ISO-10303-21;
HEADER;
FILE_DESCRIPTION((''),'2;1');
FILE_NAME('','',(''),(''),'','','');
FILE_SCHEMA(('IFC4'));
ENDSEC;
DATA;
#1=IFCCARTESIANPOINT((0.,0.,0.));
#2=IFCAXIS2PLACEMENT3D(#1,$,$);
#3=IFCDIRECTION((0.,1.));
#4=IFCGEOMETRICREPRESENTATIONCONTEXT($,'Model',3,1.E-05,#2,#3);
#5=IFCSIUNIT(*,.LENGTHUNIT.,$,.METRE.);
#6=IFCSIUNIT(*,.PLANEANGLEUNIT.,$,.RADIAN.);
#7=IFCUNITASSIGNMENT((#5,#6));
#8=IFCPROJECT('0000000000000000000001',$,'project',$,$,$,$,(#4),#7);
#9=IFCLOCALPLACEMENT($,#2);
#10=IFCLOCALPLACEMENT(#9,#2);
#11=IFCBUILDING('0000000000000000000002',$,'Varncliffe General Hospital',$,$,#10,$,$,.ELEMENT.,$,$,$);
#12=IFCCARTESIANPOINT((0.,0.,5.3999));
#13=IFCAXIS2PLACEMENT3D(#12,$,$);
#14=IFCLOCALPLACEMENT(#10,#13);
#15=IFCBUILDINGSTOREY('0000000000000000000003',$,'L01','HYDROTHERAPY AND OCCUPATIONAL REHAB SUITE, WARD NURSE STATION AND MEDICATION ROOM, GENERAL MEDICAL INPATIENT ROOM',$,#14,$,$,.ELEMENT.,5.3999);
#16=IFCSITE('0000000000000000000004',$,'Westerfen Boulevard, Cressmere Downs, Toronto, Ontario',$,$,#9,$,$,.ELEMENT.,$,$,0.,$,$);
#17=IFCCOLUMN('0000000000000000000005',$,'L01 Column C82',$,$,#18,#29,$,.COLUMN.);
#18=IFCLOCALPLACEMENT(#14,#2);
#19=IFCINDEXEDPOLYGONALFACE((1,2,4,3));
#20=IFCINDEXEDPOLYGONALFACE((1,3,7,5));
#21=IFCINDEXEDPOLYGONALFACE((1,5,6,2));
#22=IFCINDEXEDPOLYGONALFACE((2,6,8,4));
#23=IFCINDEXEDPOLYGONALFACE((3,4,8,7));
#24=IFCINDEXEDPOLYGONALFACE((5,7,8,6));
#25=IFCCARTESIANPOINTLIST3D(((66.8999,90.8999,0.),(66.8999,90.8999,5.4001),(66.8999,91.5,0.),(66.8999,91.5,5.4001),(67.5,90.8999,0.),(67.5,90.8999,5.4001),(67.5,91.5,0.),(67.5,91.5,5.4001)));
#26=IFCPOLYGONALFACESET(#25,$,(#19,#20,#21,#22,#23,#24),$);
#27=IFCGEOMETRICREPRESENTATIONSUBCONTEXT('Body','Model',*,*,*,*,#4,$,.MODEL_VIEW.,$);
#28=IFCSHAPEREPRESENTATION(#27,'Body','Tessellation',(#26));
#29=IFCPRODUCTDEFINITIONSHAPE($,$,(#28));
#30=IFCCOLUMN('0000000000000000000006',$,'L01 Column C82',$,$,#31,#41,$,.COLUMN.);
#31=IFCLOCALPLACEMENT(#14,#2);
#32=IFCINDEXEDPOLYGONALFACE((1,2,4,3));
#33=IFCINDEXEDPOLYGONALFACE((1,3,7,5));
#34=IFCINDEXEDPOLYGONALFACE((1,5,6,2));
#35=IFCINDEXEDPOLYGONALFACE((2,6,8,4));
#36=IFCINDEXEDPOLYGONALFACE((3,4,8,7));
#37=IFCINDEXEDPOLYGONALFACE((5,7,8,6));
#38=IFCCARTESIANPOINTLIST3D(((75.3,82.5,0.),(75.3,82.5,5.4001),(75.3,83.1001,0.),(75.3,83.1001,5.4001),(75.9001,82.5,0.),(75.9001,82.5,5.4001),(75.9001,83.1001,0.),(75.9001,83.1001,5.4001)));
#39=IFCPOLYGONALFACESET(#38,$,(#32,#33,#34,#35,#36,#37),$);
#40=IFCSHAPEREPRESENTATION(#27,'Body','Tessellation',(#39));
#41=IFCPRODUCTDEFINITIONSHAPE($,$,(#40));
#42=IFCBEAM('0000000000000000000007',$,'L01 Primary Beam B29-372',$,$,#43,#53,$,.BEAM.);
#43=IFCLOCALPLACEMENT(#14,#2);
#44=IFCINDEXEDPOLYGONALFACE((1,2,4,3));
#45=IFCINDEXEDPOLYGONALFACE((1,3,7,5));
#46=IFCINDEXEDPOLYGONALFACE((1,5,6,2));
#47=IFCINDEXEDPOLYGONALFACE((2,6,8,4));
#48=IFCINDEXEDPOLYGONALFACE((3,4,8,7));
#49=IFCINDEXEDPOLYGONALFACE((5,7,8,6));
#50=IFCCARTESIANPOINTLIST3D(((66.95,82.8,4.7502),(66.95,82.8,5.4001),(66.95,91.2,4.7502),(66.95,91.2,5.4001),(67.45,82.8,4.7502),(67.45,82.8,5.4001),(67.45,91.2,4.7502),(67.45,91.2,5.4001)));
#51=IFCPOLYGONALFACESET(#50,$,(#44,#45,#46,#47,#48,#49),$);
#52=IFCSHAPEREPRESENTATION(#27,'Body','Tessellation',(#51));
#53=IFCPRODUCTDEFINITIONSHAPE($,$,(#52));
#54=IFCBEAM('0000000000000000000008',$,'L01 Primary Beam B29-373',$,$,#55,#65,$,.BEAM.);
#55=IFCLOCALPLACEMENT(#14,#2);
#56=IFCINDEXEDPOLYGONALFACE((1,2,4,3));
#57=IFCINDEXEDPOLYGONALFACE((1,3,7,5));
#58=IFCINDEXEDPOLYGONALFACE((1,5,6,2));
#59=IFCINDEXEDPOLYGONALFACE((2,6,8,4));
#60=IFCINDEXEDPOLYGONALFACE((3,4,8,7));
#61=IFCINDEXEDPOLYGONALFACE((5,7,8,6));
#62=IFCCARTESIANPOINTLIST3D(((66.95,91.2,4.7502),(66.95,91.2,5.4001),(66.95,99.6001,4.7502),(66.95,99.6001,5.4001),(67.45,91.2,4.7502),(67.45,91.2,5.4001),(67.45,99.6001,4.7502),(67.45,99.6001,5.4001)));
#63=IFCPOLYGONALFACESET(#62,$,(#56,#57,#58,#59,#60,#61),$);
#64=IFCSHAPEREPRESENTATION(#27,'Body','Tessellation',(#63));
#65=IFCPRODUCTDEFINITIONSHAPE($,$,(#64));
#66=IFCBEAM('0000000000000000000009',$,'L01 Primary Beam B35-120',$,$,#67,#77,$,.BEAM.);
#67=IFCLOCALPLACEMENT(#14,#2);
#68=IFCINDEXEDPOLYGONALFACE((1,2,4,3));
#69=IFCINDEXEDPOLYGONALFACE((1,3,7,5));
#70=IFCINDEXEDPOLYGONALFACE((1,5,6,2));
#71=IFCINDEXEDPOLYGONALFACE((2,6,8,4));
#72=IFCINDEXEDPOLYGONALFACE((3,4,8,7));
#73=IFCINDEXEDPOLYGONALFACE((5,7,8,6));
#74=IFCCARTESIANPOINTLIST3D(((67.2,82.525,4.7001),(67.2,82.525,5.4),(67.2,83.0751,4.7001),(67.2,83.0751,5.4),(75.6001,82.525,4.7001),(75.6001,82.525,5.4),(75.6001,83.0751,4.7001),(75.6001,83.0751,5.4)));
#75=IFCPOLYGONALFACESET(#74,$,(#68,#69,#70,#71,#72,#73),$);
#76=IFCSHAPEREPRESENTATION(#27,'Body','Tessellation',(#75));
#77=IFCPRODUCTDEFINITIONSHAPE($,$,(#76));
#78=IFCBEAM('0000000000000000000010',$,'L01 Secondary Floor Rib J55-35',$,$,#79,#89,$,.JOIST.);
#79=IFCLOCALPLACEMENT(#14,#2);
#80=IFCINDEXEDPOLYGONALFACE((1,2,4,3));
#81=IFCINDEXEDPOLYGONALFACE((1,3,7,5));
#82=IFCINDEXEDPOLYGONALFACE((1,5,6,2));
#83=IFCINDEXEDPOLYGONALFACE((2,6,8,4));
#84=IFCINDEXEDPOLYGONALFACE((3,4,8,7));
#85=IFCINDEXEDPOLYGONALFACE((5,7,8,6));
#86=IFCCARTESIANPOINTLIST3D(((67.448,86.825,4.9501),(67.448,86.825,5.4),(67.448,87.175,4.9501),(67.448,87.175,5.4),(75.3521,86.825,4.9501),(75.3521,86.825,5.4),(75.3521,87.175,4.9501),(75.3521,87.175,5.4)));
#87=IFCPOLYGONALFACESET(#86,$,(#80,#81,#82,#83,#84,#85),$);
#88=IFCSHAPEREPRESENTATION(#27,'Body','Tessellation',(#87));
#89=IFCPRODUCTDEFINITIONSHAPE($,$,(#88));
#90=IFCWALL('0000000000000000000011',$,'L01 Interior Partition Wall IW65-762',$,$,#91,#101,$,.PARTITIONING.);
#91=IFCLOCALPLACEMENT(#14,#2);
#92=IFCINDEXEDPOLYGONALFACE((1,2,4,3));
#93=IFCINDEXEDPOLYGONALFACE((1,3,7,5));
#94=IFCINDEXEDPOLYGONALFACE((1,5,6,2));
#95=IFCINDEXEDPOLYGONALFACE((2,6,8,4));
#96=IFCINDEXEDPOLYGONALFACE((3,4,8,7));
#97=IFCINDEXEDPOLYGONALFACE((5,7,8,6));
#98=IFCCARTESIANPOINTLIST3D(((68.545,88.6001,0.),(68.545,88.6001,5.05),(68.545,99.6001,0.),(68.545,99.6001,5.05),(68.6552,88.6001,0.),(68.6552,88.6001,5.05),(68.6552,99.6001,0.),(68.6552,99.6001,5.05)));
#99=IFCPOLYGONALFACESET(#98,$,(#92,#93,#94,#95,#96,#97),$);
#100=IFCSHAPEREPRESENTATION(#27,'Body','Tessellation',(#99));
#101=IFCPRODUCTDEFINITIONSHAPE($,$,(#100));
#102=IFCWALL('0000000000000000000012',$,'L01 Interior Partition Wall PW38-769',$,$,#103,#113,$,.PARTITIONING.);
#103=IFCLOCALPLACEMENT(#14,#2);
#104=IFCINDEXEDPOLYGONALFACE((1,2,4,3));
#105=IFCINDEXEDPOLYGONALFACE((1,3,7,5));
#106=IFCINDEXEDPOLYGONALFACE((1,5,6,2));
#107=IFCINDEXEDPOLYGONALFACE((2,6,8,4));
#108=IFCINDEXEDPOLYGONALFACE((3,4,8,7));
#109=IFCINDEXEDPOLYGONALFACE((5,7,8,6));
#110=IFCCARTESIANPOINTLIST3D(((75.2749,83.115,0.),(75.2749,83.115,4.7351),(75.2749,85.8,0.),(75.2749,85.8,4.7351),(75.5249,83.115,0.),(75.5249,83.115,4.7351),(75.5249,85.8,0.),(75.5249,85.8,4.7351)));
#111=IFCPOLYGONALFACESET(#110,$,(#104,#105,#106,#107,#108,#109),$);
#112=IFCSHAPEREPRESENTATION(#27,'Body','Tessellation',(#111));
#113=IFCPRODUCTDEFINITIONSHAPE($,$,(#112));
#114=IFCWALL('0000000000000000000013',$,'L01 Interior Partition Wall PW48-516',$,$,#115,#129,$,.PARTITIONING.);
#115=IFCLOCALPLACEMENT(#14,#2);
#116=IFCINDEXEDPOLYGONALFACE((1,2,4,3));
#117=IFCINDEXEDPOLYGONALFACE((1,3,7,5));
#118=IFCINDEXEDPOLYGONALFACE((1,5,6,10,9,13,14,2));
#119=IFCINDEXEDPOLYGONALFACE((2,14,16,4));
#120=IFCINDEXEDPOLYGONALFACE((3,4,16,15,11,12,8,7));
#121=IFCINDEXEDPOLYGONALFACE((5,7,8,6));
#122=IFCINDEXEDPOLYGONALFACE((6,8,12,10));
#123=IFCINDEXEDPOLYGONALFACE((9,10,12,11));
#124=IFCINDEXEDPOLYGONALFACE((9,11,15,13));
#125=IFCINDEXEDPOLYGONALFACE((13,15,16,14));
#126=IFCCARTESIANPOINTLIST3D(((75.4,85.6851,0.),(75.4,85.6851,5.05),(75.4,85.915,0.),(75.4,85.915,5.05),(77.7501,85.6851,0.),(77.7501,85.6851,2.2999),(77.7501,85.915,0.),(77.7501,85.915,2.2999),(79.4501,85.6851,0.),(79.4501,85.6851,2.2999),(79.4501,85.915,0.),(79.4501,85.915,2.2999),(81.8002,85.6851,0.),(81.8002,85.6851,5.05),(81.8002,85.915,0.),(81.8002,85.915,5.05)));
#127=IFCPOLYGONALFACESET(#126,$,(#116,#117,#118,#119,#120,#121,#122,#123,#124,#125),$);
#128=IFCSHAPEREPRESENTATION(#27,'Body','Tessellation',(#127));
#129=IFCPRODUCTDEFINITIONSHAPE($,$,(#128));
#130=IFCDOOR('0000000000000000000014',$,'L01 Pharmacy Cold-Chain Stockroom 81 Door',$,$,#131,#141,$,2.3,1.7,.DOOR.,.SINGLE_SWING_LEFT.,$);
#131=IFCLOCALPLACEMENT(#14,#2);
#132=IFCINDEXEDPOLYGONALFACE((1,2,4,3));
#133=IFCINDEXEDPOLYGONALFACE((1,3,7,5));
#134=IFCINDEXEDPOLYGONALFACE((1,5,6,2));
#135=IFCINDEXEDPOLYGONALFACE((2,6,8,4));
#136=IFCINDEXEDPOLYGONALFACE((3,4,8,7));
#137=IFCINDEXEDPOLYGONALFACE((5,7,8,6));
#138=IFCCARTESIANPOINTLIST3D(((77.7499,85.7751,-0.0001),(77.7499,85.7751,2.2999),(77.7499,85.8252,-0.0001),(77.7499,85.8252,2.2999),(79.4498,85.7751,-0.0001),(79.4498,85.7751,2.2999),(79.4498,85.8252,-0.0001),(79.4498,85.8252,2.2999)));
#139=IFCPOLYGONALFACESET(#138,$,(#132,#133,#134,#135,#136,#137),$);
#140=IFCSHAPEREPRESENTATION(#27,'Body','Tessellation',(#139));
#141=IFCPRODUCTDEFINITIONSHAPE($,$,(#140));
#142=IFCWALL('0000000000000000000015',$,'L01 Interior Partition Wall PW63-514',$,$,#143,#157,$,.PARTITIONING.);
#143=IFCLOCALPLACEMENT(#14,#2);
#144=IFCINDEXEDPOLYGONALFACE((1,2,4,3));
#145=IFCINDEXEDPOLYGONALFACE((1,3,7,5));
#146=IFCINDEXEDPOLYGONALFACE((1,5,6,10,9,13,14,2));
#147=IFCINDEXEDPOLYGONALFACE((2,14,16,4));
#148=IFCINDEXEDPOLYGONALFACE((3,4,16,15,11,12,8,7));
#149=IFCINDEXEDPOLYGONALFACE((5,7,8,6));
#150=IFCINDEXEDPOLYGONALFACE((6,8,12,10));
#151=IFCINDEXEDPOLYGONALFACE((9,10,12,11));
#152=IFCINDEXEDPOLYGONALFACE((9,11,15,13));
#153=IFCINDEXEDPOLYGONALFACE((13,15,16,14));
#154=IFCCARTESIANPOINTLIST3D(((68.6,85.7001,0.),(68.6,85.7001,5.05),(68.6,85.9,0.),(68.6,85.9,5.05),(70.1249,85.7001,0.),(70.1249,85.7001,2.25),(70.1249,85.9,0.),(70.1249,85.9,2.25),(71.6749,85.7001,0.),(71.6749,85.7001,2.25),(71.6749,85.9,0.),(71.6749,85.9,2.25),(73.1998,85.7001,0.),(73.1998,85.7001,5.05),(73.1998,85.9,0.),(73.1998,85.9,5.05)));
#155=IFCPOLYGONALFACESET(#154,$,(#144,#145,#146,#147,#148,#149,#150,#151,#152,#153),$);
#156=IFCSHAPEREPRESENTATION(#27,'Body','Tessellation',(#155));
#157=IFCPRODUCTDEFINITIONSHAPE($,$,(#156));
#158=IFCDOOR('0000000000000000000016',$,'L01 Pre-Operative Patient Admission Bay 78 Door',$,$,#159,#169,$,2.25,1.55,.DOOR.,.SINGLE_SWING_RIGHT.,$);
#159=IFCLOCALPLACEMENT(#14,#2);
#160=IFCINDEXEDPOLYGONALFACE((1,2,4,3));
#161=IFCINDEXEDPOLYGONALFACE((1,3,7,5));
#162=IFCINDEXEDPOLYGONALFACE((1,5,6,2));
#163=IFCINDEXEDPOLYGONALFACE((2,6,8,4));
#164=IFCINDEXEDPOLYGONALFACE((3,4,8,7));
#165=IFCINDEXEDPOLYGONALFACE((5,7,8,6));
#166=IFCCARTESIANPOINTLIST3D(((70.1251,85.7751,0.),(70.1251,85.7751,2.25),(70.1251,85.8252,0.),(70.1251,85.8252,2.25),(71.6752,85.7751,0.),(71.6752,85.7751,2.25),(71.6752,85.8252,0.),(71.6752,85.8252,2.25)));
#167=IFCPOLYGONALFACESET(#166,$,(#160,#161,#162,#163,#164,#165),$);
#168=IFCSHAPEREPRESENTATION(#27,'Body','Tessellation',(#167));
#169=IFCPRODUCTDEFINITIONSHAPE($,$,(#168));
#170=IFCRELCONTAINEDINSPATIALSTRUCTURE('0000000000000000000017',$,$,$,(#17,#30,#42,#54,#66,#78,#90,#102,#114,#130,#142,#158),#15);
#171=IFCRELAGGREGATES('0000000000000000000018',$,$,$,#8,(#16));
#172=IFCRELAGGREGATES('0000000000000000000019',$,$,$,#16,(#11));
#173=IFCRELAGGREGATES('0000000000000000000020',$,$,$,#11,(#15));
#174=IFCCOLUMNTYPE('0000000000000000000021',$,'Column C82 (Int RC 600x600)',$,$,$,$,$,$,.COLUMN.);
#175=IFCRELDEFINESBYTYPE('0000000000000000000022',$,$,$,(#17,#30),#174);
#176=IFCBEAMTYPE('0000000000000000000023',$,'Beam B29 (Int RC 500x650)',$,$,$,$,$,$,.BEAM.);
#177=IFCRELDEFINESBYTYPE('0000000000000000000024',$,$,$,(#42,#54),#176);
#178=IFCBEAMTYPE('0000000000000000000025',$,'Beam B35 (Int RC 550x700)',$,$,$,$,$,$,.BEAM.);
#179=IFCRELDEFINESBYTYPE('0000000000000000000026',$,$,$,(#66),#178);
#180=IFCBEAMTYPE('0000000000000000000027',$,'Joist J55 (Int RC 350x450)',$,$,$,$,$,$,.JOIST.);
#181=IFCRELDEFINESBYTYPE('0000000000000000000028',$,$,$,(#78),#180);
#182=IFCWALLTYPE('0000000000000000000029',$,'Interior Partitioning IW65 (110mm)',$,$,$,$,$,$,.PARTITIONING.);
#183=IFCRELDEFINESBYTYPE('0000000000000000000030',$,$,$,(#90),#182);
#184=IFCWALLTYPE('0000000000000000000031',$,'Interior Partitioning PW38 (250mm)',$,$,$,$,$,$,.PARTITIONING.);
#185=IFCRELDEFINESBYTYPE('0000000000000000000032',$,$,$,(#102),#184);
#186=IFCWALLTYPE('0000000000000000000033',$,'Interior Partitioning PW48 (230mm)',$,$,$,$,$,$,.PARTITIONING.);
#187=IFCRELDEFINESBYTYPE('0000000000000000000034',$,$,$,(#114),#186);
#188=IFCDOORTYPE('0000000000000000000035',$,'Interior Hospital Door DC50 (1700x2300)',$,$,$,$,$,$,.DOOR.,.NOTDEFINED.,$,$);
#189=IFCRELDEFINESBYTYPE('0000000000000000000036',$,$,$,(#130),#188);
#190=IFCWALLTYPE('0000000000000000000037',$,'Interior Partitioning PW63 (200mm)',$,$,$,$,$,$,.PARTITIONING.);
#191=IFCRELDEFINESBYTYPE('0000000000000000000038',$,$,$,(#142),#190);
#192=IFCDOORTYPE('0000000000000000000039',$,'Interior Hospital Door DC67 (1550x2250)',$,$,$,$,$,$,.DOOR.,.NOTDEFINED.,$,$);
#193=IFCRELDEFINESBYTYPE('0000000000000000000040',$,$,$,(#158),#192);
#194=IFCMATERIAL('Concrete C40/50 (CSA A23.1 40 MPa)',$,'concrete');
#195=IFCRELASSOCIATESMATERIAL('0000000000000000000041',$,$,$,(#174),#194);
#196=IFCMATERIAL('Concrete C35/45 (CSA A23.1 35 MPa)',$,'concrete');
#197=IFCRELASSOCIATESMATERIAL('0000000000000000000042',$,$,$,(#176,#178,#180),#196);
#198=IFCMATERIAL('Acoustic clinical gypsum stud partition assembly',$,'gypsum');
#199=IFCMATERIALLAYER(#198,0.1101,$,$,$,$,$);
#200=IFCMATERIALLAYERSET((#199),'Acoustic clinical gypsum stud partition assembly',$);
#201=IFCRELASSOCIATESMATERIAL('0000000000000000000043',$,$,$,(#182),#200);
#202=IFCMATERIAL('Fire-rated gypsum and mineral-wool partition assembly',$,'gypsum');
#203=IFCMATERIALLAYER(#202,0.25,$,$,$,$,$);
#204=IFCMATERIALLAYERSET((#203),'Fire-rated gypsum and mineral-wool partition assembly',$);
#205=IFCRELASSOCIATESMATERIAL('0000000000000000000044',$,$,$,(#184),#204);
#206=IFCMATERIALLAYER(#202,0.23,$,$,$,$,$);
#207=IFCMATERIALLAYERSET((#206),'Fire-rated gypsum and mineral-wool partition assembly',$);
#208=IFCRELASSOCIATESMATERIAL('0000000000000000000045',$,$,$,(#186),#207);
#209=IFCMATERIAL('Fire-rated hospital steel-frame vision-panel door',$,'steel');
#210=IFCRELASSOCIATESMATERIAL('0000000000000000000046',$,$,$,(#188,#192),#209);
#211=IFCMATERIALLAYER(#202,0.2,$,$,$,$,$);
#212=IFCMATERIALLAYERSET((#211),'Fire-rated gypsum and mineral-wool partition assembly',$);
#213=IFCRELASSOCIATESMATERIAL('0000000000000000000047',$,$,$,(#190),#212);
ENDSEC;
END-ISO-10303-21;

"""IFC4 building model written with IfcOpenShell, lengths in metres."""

from ifc_helpers import new_model, si_unit, direction, frame, frame_2d, origin, origin_2d, place, context, subcontext, project, spatial, rectangle, extrude, material, layer, layer_set, material_profile, profile_set, type_object, element, fill, save


model = new_model("IFC4")

# Units and contexts
model_context = context("Model", 3, precision=1e-05, world=origin(), true_north=direction((0.0, 1.0)))
body_context = subcontext(model_context, "Body", "Model", "MODEL_VIEW")
ifc_project = project(units=[si_unit("LENGTHUNIT", "METRE"), si_unit("PLANEANGLEUNIT", "RADIAN")], contexts=[model_context])

# Site, building, storey
site_placement = place(None, origin())
site = spatial("IfcSite", under=ifc_project, at=site_placement, Name="Westerfen Boulevard, Cressmere Downs, Toronto, Ontario", CompositionType="ELEMENT", RefElevation=0.0)
building_placement = place(site_placement, origin())
building = spatial("IfcBuilding", under=site, at=building_placement, Name="Varncliffe General Hospital", CompositionType="ELEMENT")
storey_placement = place(building_placement, frame((0.0, 0.0, 5.3999)))
storey = spatial("IfcBuildingStorey", under=building, at=storey_placement, Name="L01", Description="HYDROTHERAPY AND OCCUPATIONAL REHAB SUITE, WARD NURSE STATION AND MEDICATION ROOM, GENERAL MEDICAL INPATIENT ROOM", CompositionType="ELEMENT", Elevation=5.3999)

# Columns
ifc_material_1 = material(Name="Concrete C40/50 (CSA A23.1 40 MPa)", Category="concrete")
ifc_material_profile_1 = material_profile(ifc_material_1, rectangle(XDim=0.6001, YDim=0.6001, at=origin_2d()), Name="RC 600x600")
ifc_profile_set_1 = profile_set([ifc_material_profile_1], Name="Concrete C40/50 (CSA A23.1 40 MPa)")
column_type = type_object("IfcColumnType", Name="Column C82 (Int RC 600x600)", PredefinedType="COLUMN", material=ifc_profile_set_1)
for number, where, z_axis, x_axis, name in (
    (1, (67.2, 91.2, 0.0), (0.0, 0.0, 1.0), (1.0, 0.0, 0.0), "L01 Column C82"),
    (2, (75.6001, 82.8, 0.0), (0.0, 0.0, 1.0), (1.0, 0.0, 0.0), "L01 Column C82"),
):
    element("IfcColumn", number, at=place(storey_placement, frame(where, z_axis=z_axis, x_axis=x_axis)), inside=storey, type_object=column_type, Name=name, PredefinedType="COLUMN", context=body_context, shape_type="SweptSolid", body=[
        extrude(rectangle(XDim=0.6001, YDim=0.6001, at=origin_2d()), origin(), (0.0, 0.0, 1.0), 5.4001),
    ])

# Beams
ifc_material_2 = material(Name="Concrete C35/45 (CSA A23.1 35 MPa)", Category="concrete")
ifc_material_profile_2 = material_profile(ifc_material_2, rectangle(XDim=0.5, YDim=0.6499, at=origin_2d()), Name="RC 500x650")
ifc_profile_set_2 = profile_set([ifc_material_profile_2], Name="Concrete C35/45 (CSA A23.1 35 MPa)")
beam_type_1 = type_object("IfcBeamType", Name="Beam B29 (Int RC 500x650)", PredefinedType="BEAM", material=ifc_profile_set_2)
beam_1_placement = place(storey_placement, frame((67.2, 82.8, 5.0752), z_axis=(0.0, 1.0, 0.0), x_axis=(-1.0, 0.0, 0.0)))
element("IfcBeam", 3, at=beam_1_placement, inside=storey, type_object=beam_type_1, Name="L01 Primary Beam B29-372", PredefinedType="BEAM", context=body_context, shape_type="SweptSolid", body=[
    extrude(rectangle(XDim=0.5, YDim=0.6499, at=origin_2d()), origin(), (0.0, 0.0, 1.0), 8.3999),
])
beam_2_placement = place(storey_placement, frame((67.2, 91.2, 5.0752), z_axis=(0.0, 1.0, 0.0), x_axis=(-1.0, 0.0, 0.0)))
element("IfcBeam", 4, at=beam_2_placement, inside=storey, type_object=beam_type_1, Name="L01 Primary Beam B29-373", PredefinedType="BEAM", context=body_context, shape_type="SweptSolid", body=[
    extrude(rectangle(XDim=0.5, YDim=0.6499, at=origin_2d()), origin(), (0.0, 0.0, 1.0), 8.4001),
])
ifc_material_profile_3 = material_profile(ifc_material_2, rectangle(XDim=0.55, YDim=0.7, at=origin_2d()), Name="RC 550x700")
ifc_profile_set_3 = profile_set([ifc_material_profile_3], Name="Concrete C35/45 (CSA A23.1 35 MPa)")
beam_type_2 = type_object("IfcBeamType", Name="Beam B35 (Int RC 550x700)", PredefinedType="BEAM", material=ifc_profile_set_3)
beam_3_placement = place(storey_placement, frame((67.2, 82.8, 5.05), z_axis=(1.0, 0.0, 0.0), x_axis=(0.0, 1.0, 0.0)))
element("IfcBeam", 5, at=beam_3_placement, inside=storey, type_object=beam_type_2, Name="L01 Primary Beam B35-120", PredefinedType="BEAM", context=body_context, shape_type="SweptSolid", body=[
    extrude(rectangle(XDim=0.55, YDim=0.7, at=origin_2d()), origin(), (0.0, 0.0, 1.0), 8.4001),
])
ifc_material_profile_4 = material_profile(ifc_material_2, rectangle(XDim=0.3501, YDim=0.45, at=origin_2d()), Name="RC 350x450")
ifc_profile_set_4 = profile_set([ifc_material_profile_4], Name="Concrete C35/45 (CSA A23.1 35 MPa)")
beam_type_3 = type_object("IfcBeamType", Name="Joist J55 (Int RC 350x450)", PredefinedType="JOIST", material=ifc_profile_set_4)
beam_4_placement = place(storey_placement, frame((67.448, 87.0, 5.175), z_axis=(1.0, 0.0, 0.0), x_axis=(0.0, 1.0, 0.0)))
element("IfcBeam", 6, at=beam_4_placement, inside=storey, type_object=beam_type_3, Name="L01 Secondary Floor Rib J55-35", PredefinedType="JOIST", context=body_context, shape_type="SweptSolid", body=[
    extrude(rectangle(XDim=0.3501, YDim=0.45, at=origin_2d()), origin(), (0.0, 0.0, 1.0), 7.9041),
])

# Walls
ifc_material_3 = material(Name="Acoustic clinical gypsum stud partition assembly", Category="gypsum")
ifc_layer_1 = layer(ifc_material_3, 0.1101)
ifc_layer_set_1 = layer_set([ifc_layer_1], Name="Acoustic clinical gypsum stud partition assembly")
wall_type_1 = type_object("IfcWallType", Name="Interior Partitioning IW65 (110mm)", PredefinedType="PARTITIONING", material=ifc_layer_set_1)
wall_1_placement = place(storey_placement, frame((68.6001, 88.6001, 0.0), z_axis=(0.0, 0.0, 1.0), x_axis=(0.0, 1.0, 0.0)))
element("IfcWall", 7, at=wall_1_placement, inside=storey, type_object=wall_type_1, Name="L01 Interior Partition Wall IW65-762", PredefinedType="PARTITIONING", context=body_context, shape_type="SweptSolid", body=[
    extrude(rectangle(XDim=11.0, YDim=0.1101, at=frame_2d((5.5, 0.0))), origin(), (0.0, 0.0, 1.0), 5.05),
])
ifc_material_4 = material(Name="Fire-rated gypsum and mineral-wool partition assembly", Category="gypsum")
ifc_layer_2 = layer(ifc_material_4, 0.25)
ifc_layer_set_2 = layer_set([ifc_layer_2], Name="Fire-rated gypsum and mineral-wool partition assembly")
wall_type_2 = type_object("IfcWallType", Name="Interior Partitioning PW38 (250mm)", PredefinedType="PARTITIONING", material=ifc_layer_set_2)
wall_2_placement = place(storey_placement, frame((75.3999, 83.115, 0.0), z_axis=(0.0, 0.0, 1.0), x_axis=(0.0, 1.0, 0.0)))
element("IfcWall", 8, at=wall_2_placement, inside=storey, type_object=wall_type_2, Name="L01 Interior Partition Wall PW38-769", PredefinedType="PARTITIONING", context=body_context, shape_type="SweptSolid", body=[
    extrude(rectangle(XDim=2.6851, YDim=0.25, at=frame_2d((1.3425, 0.0))), origin(), (0.0, 0.0, 1.0), 4.7351),
])

# Walls, openings, doors
ifc_layer_3 = layer(ifc_material_4, 0.23)
ifc_layer_set_3 = layer_set([ifc_layer_3], Name="Fire-rated gypsum and mineral-wool partition assembly")
wall_type_3 = type_object("IfcWallType", Name="Interior Partitioning PW48 (230mm)", PredefinedType="PARTITIONING", material=ifc_layer_set_3)
wall_3_placement = place(storey_placement, frame((75.3999, 85.8, 0.0), z_axis=(0.0, 0.0, 1.0), x_axis=(1.0, 0.0, 0.0)))
wall_3 = element("IfcWall", 9, at=wall_3_placement, inside=storey, type_object=wall_type_3, Name="L01 Interior Partition Wall PW48-516", PredefinedType="PARTITIONING", context=body_context, shape_type="SweptSolid", body=[
    extrude(rectangle(XDim=6.4001, YDim=0.23, at=frame_2d((3.2002, 0.0))), origin(), (0.0, 0.0, 1.0), 5.05),
])
opening_1_placement = place(wall_3_placement, frame((2.3501, 0.0, 0.0)))
opening_1 = element("IfcOpeningElement", 10, at=opening_1_placement, cuts=wall_3, PredefinedType="OPENING", context=body_context, shape_type="SweptSolid", body=[
    extrude(rectangle(XDim=1.7, YDim=2.3, at=frame_2d((0.8501, 1.1499))), frame((0.0, 0.125, 0.0), z_axis=(0.0, -1.0, 0.0), x_axis=(1.0, 0.0, 0.0)), (0.0, 0.0, 1.0), 0.25),
])
ifc_material_5 = material(Name="Fire-rated hospital steel-frame vision-panel door", Category="steel")
door_type_1 = type_object("IfcDoorType", Name="Interior Hospital Door DC50 (1700x2300)", OperationType="NOTDEFINED", PredefinedType="DOOR", material=ifc_material_5)
door_1_placement = place(opening_1_placement, frame((1.7, 0.0, 0.0), z_axis=(0.0, 0.0, 1.0), x_axis=(-1.0, 0.0, 0.0)))
door_1 = element("IfcDoor", 11, at=door_1_placement, inside=storey, type_object=door_type_1, Name="L01 Pharmacy Cold-Chain Stockroom 81 Door", OperationType="SINGLE_SWING_LEFT", OverallHeight=2.3, OverallWidth=1.7, PredefinedType="DOOR", context=body_context, shape_type="SweptSolid", body=[
    extrude(rectangle(XDim=1.7, YDim=2.3, at=frame_2d((0.8501, 1.1499))), frame((0.0, 0.0249, 0.0), z_axis=(0.0, -1.0, 0.0), x_axis=(1.0, 0.0, 0.0)), (0.0, 0.0, 1.0), 0.05),
])
fill(opening_1, door_1)
ifc_layer_4 = layer(ifc_material_4, 0.2)
ifc_layer_set_4 = layer_set([ifc_layer_4], Name="Fire-rated gypsum and mineral-wool partition assembly")
wall_type_4 = type_object("IfcWallType", Name="Interior Partitioning PW63 (200mm)", PredefinedType="PARTITIONING", material=ifc_layer_set_4)
wall_4_placement = place(storey_placement, frame((68.6001, 85.8, 0.0), z_axis=(0.0, 0.0, 1.0), x_axis=(1.0, 0.0, 0.0)))
wall_4 = element("IfcWall", 12, at=wall_4_placement, inside=storey, type_object=wall_type_4, Name="L01 Interior Partition Wall PW63-514", PredefinedType="PARTITIONING", context=body_context, shape_type="SweptSolid", body=[
    extrude(rectangle(XDim=4.5999, YDim=0.2, at=frame_2d((2.2998, 0.0))), origin(), (0.0, 0.0, 1.0), 5.05),
])
opening_2_placement = place(wall_4_placement, frame((1.5249, 0.0, 0.0)))
opening_2 = element("IfcOpeningElement", 13, at=opening_2_placement, cuts=wall_4, PredefinedType="OPENING", context=body_context, shape_type="SweptSolid", body=[
    extrude(rectangle(XDim=1.55, YDim=2.25, at=frame_2d((0.7749, 1.125))), frame((0.0, 0.1099, 0.0), z_axis=(0.0, -1.0, 0.0), x_axis=(1.0, 0.0, 0.0)), (0.0, 0.0, 1.0), 0.22),
])
door_type_2 = type_object("IfcDoorType", Name="Interior Hospital Door DC67 (1550x2250)", OperationType="NOTDEFINED", PredefinedType="DOOR", material=ifc_material_5)
door_2_placement = place(opening_2_placement, frame((1.55, 0.0, 0.0), z_axis=(0.0, 0.0, 1.0), x_axis=(-1.0, 0.0, 0.0)))
door_2 = element("IfcDoor", 14, at=door_2_placement, inside=storey, type_object=door_type_2, Name="L01 Pre-Operative Patient Admission Bay 78 Door", OperationType="SINGLE_SWING_RIGHT", OverallHeight=2.25, OverallWidth=1.55, PredefinedType="DOOR", context=body_context, shape_type="SweptSolid", body=[
    extrude(rectangle(XDim=1.55, YDim=2.25, at=frame_2d((0.7749, 1.125))), frame((0.0, 0.0249, 0.0), z_axis=(0.0, -1.0, 0.0), x_axis=(1.0, 0.0, 0.0)), (0.0, 0.0, 1.0), 0.05),
])
fill(opening_2, door_2)

save(model, "model.ifc")
